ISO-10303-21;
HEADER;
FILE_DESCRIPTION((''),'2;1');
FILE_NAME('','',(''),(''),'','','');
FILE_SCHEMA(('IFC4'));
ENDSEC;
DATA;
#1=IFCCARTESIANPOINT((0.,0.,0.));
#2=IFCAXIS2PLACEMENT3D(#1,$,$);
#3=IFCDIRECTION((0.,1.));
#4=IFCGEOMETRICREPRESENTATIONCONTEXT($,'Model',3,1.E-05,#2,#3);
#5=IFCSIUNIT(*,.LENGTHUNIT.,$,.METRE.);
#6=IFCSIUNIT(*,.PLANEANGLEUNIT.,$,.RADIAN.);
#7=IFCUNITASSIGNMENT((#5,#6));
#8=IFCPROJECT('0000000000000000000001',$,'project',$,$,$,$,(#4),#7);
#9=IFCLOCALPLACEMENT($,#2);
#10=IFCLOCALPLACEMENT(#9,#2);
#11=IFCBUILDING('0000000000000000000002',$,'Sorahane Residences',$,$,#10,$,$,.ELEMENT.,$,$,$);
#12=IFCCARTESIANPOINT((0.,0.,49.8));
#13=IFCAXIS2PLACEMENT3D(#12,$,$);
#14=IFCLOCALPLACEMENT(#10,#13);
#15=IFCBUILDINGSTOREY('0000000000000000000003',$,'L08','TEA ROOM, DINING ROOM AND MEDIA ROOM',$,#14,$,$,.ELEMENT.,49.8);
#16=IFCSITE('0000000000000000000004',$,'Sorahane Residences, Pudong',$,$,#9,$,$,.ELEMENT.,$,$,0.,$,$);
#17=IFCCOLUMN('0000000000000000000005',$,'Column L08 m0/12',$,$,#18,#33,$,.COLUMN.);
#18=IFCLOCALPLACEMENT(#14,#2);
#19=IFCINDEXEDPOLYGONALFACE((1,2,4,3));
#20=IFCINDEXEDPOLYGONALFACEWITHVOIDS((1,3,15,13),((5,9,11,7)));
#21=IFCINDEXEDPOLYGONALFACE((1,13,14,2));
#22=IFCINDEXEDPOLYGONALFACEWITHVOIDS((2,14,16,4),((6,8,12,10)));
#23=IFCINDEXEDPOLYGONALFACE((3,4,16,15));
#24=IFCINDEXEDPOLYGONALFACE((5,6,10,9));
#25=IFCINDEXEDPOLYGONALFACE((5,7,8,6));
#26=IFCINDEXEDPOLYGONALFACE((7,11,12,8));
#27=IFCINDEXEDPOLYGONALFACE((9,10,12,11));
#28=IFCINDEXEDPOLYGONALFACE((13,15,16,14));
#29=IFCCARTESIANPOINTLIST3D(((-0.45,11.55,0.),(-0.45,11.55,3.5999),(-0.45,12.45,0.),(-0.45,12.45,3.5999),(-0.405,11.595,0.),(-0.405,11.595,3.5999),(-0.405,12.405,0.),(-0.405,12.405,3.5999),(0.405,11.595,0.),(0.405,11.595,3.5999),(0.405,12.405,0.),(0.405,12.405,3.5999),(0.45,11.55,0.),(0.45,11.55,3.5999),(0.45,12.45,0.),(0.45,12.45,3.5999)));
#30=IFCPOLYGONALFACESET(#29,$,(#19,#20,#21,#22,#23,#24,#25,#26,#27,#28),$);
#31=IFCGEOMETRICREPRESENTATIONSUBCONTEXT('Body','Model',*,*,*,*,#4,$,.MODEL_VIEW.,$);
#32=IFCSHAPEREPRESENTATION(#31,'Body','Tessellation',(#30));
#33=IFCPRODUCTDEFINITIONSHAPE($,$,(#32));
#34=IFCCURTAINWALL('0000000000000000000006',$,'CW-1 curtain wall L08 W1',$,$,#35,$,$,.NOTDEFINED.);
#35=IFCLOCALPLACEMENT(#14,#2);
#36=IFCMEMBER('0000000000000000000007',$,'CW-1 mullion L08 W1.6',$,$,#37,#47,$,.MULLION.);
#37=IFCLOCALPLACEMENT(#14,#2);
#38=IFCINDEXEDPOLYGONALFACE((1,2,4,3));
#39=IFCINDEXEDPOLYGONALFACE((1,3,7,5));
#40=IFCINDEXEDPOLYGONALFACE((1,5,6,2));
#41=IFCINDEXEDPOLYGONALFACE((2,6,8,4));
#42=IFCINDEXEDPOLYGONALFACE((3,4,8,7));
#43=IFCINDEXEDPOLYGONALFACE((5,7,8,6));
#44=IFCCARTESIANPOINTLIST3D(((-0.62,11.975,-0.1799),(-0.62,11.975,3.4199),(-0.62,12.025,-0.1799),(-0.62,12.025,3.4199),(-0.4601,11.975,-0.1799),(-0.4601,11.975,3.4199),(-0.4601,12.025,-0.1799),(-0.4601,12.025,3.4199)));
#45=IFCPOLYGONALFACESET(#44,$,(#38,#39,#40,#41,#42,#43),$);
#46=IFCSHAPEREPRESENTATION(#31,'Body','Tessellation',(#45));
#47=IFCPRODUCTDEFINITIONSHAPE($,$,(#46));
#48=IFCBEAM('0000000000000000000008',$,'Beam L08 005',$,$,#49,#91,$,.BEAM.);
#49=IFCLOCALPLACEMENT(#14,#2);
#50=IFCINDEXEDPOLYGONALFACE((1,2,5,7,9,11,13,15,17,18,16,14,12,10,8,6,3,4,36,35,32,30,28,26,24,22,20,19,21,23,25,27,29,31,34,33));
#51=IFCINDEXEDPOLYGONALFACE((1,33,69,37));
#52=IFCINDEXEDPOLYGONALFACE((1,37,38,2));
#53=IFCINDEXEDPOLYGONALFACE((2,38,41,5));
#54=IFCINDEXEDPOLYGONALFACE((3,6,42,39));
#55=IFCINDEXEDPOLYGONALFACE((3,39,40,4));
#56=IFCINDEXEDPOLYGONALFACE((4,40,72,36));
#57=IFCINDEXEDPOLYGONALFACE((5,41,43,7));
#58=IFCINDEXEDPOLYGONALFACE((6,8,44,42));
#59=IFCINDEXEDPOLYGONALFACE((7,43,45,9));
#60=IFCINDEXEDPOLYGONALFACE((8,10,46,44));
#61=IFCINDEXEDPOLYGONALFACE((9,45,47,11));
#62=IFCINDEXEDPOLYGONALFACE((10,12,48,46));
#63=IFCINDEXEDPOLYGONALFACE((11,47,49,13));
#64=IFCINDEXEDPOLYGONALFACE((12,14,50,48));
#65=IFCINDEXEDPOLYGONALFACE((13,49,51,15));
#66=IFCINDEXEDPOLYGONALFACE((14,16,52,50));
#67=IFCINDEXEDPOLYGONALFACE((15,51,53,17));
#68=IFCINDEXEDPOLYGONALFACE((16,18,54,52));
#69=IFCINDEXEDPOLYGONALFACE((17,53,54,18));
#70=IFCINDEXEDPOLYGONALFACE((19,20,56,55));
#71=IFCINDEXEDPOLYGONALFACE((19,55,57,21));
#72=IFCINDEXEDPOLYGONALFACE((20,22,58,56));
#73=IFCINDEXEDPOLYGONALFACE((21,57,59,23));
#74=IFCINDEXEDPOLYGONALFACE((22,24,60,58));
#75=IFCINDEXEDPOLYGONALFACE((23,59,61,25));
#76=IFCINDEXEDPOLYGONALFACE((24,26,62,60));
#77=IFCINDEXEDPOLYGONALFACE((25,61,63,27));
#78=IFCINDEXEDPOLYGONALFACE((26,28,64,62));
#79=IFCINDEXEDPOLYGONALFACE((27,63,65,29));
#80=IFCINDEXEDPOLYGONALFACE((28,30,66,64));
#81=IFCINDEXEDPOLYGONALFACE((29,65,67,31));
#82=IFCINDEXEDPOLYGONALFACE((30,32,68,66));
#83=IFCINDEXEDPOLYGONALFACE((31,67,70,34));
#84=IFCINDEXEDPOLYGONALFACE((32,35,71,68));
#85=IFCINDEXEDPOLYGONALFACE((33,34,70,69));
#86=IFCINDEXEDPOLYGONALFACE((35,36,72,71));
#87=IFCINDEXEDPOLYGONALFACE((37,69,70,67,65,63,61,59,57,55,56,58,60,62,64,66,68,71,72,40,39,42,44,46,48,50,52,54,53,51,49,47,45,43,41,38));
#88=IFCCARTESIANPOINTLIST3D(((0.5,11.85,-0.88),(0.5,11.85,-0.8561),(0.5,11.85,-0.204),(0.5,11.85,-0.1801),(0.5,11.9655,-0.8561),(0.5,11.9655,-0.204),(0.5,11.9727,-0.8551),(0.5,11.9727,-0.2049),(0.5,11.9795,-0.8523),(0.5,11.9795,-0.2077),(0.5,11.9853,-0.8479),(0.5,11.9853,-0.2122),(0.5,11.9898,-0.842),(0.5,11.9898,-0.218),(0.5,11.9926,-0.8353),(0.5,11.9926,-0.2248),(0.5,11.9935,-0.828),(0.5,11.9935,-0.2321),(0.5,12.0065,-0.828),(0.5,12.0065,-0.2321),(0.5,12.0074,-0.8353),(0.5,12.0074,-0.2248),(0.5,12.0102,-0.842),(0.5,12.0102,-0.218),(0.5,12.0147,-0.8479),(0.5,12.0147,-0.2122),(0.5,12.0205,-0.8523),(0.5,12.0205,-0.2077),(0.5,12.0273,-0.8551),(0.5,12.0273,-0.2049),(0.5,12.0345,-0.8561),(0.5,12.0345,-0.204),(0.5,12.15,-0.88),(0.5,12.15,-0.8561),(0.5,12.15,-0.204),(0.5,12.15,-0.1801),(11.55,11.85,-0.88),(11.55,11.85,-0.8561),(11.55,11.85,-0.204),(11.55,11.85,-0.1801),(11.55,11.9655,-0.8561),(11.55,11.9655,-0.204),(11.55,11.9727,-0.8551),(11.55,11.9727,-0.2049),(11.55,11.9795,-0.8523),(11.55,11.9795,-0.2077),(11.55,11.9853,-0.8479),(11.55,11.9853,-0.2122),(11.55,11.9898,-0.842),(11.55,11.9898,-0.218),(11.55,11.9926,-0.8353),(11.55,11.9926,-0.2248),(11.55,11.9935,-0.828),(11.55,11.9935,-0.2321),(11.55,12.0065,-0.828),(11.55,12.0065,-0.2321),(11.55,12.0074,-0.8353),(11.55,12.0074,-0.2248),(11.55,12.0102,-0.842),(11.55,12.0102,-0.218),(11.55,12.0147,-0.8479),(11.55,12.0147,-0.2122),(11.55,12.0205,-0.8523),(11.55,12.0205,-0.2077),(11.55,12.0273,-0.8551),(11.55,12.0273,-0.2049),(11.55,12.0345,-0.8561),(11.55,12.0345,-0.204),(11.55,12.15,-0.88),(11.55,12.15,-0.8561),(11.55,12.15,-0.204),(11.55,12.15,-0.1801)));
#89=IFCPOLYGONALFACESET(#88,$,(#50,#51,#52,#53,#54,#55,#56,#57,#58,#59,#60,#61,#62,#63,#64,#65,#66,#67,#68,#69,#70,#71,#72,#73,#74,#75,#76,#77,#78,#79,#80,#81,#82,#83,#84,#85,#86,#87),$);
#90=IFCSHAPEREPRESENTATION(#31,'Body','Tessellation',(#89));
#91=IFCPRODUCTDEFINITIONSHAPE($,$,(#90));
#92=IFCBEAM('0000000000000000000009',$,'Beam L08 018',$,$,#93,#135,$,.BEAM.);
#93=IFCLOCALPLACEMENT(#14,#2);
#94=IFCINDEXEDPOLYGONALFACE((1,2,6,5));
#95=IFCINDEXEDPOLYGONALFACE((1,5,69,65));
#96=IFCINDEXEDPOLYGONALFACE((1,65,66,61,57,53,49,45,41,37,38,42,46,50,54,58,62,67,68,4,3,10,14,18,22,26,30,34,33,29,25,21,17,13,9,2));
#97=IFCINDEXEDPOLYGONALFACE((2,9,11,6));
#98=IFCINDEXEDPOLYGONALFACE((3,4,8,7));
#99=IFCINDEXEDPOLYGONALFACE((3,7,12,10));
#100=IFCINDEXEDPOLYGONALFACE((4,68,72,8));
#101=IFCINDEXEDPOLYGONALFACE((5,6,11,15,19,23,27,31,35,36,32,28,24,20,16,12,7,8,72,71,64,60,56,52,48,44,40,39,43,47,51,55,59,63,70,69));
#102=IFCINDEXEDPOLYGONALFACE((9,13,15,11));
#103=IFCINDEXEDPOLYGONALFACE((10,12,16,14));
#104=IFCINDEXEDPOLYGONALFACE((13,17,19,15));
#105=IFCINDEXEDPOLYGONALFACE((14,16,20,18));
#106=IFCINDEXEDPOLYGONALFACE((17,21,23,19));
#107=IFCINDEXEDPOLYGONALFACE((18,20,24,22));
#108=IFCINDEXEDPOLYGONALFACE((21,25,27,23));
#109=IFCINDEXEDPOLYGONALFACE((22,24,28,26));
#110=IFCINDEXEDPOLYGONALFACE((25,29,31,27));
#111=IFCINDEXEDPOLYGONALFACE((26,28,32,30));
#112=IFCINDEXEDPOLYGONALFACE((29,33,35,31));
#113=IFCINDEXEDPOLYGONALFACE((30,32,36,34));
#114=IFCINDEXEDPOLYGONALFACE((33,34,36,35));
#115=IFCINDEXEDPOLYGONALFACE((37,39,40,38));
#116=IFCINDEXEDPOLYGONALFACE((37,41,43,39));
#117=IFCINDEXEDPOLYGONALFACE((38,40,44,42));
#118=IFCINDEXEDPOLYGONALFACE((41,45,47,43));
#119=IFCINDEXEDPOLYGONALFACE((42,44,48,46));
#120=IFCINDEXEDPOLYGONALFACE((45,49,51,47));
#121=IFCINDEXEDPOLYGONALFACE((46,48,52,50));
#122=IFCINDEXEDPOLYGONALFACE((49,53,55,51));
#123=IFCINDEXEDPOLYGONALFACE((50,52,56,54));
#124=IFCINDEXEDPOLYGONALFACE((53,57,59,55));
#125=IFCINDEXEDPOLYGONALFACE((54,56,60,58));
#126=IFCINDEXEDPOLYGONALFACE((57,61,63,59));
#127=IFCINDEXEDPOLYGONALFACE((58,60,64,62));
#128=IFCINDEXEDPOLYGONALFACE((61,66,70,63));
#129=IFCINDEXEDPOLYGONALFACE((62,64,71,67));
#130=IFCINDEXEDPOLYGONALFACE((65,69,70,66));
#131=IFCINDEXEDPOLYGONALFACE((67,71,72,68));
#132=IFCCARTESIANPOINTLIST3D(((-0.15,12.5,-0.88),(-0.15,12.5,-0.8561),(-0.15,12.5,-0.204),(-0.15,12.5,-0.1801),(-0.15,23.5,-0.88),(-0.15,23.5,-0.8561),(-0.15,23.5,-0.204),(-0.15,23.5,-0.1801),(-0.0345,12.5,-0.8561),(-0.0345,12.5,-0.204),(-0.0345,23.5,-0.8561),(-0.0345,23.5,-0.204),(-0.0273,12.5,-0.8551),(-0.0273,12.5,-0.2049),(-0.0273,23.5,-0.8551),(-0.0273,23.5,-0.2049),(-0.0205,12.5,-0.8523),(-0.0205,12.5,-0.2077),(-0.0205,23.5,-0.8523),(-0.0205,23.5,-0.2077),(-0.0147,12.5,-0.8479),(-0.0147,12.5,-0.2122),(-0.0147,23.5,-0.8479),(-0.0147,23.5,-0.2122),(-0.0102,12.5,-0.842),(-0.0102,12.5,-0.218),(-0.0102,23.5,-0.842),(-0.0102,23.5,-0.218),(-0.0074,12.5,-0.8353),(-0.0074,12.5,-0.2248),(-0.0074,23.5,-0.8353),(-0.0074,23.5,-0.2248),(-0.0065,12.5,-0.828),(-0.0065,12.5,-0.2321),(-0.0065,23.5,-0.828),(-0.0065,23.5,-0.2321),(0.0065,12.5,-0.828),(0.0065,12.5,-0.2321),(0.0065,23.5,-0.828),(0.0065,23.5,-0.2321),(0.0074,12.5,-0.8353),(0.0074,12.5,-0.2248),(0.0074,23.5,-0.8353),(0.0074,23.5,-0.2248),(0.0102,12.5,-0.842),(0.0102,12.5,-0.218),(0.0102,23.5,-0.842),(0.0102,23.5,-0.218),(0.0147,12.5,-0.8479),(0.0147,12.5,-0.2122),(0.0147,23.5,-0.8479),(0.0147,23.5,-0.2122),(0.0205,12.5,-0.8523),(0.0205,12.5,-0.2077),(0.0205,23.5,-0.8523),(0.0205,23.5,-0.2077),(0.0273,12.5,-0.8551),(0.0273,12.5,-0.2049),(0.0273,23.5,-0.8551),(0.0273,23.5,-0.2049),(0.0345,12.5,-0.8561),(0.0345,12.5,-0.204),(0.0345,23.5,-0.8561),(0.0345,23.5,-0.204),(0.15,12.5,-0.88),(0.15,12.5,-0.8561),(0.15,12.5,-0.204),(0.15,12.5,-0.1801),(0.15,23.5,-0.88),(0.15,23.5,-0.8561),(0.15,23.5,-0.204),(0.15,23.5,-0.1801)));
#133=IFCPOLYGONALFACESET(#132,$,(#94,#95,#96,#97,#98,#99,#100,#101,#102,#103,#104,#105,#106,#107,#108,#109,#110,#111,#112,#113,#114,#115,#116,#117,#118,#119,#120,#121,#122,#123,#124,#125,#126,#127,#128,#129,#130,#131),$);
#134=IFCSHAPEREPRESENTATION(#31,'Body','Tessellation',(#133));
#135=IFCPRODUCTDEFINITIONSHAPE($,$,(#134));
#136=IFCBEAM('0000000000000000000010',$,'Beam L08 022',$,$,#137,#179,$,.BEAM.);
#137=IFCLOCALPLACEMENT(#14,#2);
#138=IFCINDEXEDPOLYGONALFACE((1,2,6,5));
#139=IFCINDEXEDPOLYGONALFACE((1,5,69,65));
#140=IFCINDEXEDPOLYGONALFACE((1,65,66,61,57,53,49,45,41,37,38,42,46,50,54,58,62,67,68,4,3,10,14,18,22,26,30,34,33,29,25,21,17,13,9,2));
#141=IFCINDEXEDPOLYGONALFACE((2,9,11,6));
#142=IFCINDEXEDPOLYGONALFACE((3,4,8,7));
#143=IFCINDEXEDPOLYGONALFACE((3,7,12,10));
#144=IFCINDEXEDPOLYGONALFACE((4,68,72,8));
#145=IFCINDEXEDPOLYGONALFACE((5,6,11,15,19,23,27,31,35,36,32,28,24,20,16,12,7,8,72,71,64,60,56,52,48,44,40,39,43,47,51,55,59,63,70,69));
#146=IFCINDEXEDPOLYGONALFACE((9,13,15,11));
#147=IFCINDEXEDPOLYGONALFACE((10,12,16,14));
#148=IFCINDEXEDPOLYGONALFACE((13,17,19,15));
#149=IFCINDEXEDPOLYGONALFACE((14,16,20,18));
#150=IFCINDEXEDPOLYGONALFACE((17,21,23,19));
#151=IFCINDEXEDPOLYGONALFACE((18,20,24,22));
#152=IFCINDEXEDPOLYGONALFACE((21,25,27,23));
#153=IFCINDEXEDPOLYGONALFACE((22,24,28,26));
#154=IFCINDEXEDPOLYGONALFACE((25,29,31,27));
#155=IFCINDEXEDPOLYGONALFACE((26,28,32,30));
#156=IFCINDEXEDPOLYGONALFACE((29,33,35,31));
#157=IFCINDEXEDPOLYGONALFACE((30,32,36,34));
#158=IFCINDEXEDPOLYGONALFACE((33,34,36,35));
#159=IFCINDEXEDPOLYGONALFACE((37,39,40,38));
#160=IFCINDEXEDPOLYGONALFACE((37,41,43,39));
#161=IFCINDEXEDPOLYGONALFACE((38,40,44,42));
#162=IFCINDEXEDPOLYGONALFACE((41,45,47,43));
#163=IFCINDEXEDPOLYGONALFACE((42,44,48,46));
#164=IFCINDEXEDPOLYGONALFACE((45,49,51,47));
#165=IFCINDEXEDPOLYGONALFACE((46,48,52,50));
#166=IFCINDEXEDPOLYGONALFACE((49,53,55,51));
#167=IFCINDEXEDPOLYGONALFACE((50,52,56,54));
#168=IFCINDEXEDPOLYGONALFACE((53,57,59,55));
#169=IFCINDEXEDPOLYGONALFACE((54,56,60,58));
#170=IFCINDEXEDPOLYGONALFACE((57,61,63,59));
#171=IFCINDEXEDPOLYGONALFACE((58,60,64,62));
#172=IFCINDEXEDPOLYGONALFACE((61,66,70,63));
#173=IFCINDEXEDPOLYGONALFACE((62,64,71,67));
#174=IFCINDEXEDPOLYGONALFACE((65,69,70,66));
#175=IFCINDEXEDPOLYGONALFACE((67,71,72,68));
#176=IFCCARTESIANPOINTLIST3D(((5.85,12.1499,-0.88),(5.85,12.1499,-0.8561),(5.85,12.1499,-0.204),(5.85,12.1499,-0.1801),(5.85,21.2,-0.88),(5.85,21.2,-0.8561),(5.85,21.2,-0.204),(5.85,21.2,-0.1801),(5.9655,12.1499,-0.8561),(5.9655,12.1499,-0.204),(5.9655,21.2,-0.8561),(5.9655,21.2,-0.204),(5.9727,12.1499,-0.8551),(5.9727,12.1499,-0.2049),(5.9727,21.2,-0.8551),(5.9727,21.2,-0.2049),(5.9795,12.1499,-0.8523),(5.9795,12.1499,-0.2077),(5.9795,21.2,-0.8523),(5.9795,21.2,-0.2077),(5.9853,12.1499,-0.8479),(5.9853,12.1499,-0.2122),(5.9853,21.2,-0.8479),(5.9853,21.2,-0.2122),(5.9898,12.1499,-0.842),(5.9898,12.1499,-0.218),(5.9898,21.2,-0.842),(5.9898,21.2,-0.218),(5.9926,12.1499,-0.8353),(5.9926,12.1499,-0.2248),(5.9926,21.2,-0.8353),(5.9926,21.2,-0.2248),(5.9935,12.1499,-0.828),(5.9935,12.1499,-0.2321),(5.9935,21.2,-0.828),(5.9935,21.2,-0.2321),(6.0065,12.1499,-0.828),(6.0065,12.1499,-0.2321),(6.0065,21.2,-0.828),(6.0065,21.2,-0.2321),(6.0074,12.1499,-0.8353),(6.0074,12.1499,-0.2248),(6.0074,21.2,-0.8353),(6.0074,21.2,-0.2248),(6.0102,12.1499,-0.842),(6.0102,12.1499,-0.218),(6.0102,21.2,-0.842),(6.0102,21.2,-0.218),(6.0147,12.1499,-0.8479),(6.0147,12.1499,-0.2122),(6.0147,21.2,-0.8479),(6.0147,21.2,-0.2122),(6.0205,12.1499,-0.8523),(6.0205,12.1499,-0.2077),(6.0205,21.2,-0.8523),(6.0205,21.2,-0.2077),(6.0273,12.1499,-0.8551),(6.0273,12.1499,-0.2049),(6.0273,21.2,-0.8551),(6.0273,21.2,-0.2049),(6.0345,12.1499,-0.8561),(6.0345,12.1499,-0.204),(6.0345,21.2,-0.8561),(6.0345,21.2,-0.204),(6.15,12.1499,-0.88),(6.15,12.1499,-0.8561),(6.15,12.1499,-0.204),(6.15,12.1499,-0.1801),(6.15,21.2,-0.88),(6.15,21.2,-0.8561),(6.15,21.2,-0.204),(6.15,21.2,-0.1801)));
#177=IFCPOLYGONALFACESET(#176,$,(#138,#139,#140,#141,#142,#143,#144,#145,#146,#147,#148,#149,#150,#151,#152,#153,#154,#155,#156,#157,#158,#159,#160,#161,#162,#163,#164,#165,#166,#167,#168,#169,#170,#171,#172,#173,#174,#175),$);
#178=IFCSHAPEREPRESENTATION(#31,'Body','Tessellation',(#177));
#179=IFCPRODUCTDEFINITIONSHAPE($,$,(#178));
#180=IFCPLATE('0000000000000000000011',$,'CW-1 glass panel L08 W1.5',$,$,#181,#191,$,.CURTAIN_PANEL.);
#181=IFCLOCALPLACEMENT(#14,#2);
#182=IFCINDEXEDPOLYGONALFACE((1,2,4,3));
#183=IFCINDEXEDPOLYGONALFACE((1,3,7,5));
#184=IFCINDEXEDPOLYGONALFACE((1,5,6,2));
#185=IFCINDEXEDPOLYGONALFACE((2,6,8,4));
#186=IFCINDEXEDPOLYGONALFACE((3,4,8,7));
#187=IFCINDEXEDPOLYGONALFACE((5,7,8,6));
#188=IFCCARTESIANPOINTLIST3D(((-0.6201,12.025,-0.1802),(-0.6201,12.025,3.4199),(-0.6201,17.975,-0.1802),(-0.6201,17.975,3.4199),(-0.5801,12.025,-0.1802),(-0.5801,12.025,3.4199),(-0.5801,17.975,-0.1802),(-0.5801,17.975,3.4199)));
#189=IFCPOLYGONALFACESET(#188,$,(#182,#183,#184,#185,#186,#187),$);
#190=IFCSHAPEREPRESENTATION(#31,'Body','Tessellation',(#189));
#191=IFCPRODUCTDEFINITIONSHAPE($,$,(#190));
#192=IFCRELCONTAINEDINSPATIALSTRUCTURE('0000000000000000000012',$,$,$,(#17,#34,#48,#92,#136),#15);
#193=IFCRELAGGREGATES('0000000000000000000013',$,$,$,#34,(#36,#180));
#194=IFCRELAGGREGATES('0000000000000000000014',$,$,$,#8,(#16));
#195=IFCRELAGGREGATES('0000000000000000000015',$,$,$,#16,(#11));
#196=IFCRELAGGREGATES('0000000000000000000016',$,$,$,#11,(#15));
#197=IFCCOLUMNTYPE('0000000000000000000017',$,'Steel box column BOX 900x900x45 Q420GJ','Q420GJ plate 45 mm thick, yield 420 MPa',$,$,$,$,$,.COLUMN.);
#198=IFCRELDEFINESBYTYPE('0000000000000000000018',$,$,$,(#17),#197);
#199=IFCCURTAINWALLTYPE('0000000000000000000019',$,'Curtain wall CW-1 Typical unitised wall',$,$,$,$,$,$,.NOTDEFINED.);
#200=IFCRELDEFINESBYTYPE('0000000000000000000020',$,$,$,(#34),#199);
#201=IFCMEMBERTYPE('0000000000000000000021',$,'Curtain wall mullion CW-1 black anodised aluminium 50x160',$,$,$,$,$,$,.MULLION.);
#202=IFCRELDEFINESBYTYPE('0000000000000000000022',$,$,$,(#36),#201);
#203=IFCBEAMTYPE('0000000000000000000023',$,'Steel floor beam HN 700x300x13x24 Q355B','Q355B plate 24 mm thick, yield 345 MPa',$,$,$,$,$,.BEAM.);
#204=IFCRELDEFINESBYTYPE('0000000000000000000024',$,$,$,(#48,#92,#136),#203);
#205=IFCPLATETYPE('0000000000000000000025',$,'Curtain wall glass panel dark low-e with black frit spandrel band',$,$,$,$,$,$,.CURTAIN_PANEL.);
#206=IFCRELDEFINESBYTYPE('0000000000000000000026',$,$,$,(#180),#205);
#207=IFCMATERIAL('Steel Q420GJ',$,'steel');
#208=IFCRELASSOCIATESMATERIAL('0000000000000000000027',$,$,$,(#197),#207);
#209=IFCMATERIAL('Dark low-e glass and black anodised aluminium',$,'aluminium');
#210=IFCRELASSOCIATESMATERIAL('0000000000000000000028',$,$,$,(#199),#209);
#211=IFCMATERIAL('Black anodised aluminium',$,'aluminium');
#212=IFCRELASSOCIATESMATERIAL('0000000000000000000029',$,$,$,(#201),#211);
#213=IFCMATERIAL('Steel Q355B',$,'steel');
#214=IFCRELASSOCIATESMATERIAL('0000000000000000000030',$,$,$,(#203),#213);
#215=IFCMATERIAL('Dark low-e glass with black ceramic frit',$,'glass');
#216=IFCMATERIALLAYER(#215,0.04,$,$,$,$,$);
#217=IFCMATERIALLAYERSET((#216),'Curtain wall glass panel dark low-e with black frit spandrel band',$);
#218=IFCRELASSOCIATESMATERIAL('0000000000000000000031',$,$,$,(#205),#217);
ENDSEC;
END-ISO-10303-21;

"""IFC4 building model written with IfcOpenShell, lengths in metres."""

from ifc_helpers import new_model, si_unit, direction, frame, origin, origin_2d, place, context, subcontext, project, spatial, rectangle, hollow_rectangle, i_section, extrude, material, layer, layer_set, material_profile, profile_set, type_object, element, aggregate, save


model = new_model("IFC4")

# Units and contexts
model_context = context("Model", 3, precision=1e-05, world=origin(), true_north=direction((0.0, 1.0)))
body_context = subcontext(model_context, "Body", "Model", "MODEL_VIEW")
ifc_project = project(units=[si_unit("LENGTHUNIT", "METRE"), si_unit("PLANEANGLEUNIT", "RADIAN")], contexts=[model_context])

# Site, building, storey
site_placement = place(None, origin())
site = spatial("IfcSite", under=ifc_project, at=site_placement, Name="Sorahane Residences, Pudong", CompositionType="ELEMENT", RefElevation=0.0)
building_placement = place(site_placement, origin())
building = spatial("IfcBuilding", under=site, at=building_placement, Name="Sorahane Residences", CompositionType="ELEMENT")
storey_placement = place(building_placement, frame((0.0, 0.0, 49.8)))
storey = spatial("IfcBuildingStorey", under=building, at=storey_placement, Name="L08", Description="TEA ROOM, DINING ROOM AND MEDIA ROOM", CompositionType="ELEMENT", Elevation=49.8)

# Column
ifc_material_1 = material(Name="Steel Q420GJ", Category="steel")
ifc_material_profile_1 = material_profile(ifc_material_1, hollow_rectangle(XDim=0.8999, YDim=0.8999, WallThickness=0.0449, at=origin_2d()), Name="BOX 900x900x45")
ifc_profile_set_1 = profile_set([ifc_material_profile_1], Name="Steel Q420GJ")
column_type = type_object("IfcColumnType", Name="Steel box column BOX 900x900x45 Q420GJ", Description="Q420GJ plate 45 mm thick, yield 420 MPa", PredefinedType="COLUMN", material=ifc_profile_set_1)
column_placement = place(storey_placement, frame((0.0, 12.0, 0.0), z_axis=(0.0, 0.0, 1.0), x_axis=(1.0, 0.0, 0.0)))
element("IfcColumn", 1, at=column_placement, inside=storey, type_object=column_type, Name="Column L08 m0/12", PredefinedType="COLUMN", context=body_context, shape_type="SweptSolid", body=[
    extrude(hollow_rectangle(XDim=0.8999, YDim=0.8999, WallThickness=0.0449, at=origin_2d()), origin(), (0.0, 0.0, 1.0), 3.5999),
])

# Curtain wall, member
ifc_material_2 = material(Name="Dark low-e glass and black anodised aluminium", Category="aluminium")
curtain_wall_type = type_object("IfcCurtainWallType", Name="Curtain wall CW-1 Typical unitised wall", PredefinedType="NOTDEFINED", material=ifc_material_2)
curtain_wall_placement = place(storey_placement, origin())
curtain_wall = element("IfcCurtainWall", 2, at=curtain_wall_placement, inside=storey, type_object=curtain_wall_type, Name="CW-1 curtain wall L08 W1", PredefinedType="NOTDEFINED")
ifc_material_3 = material(Name="Black anodised aluminium", Category="aluminium")
ifc_material_profile_2 = material_profile(ifc_material_3, rectangle(XDim=0.1599, YDim=0.05, at=origin_2d()), Name="Curtain wall mullion CW-1 black anodised aluminium 50x160")
ifc_profile_set_2 = profile_set([ifc_material_profile_2], Name="Black anodised aluminium")
member_type = type_object("IfcMemberType", Name="Curtain wall mullion CW-1 black anodised aluminium 50x160", PredefinedType="MULLION", material=ifc_profile_set_2)
member_placement = place(storey_placement, frame((-0.54, 12.0, -0.1799), z_axis=(0.0, 0.0, 1.0), x_axis=(-1.0, 0.0, 0.0)))
member = element("IfcMember", 3, at=member_placement, type_object=member_type, Name="CW-1 mullion L08 W1.6", PredefinedType="MULLION", context=body_context, shape_type="SweptSolid", body=[
    extrude(rectangle(XDim=0.1599, YDim=0.05, at=origin_2d()), origin(), (0.0, 0.0, 1.0), 3.5999),
])

# Beams
ifc_material_4 = material(Name="Steel Q355B", Category="steel")
ifc_material_profile_3 = material_profile(ifc_material_4, i_section(OverallWidth=0.3, OverallDepth=0.7, WebThickness=0.0129, FlangeThickness=0.0239, FilletRadius=0.0281, at=origin_2d()), Name="HN 700x300x13x24")
ifc_profile_set_3 = profile_set([ifc_material_profile_3], Name="Steel Q355B")
beam_type = type_object("IfcBeamType", Name="Steel floor beam HN 700x300x13x24 Q355B", Description="Q355B plate 24 mm thick, yield 345 MPa", PredefinedType="BEAM", material=ifc_profile_set_3)
beam_1_placement = place(storey_placement, frame((0.5, 12.0, -0.53), z_axis=(1.0, 0.0, 0.0), x_axis=(0.0, 1.0, 0.0)))
element("IfcBeam", 4, at=beam_1_placement, inside=storey, type_object=beam_type, Name="Beam L08 005", PredefinedType="BEAM", context=body_context, shape_type="SweptSolid", body=[
    extrude(i_section(OverallWidth=0.3, OverallDepth=0.7, WebThickness=0.0129, FlangeThickness=0.0239, FilletRadius=0.0281, at=origin_2d()), origin(), (0.0, 0.0, 1.0), 11.05),
])
beam_2_placement = place(storey_placement, frame((0.0, 12.5, -0.53), z_axis=(0.0, 1.0, 0.0), x_axis=(-1.0, 0.0, 0.0)))
element("IfcBeam", 5, at=beam_2_placement, inside=storey, type_object=beam_type, Name="Beam L08 018", PredefinedType="BEAM", context=body_context, shape_type="SweptSolid", body=[
    extrude(i_section(OverallWidth=0.3, OverallDepth=0.7, WebThickness=0.0129, FlangeThickness=0.0239, FilletRadius=0.0281, at=origin_2d()), origin(), (0.0, 0.0, 1.0), 11.0),
])
beam_3_placement = place(storey_placement, frame((6.0, 12.1499, -0.53), z_axis=(0.0, 1.0, 0.0), x_axis=(-1.0, 0.0, 0.0)))
element("IfcBeam", 6, at=beam_3_placement, inside=storey, type_object=beam_type, Name="Beam L08 022", PredefinedType="BEAM", context=body_context, shape_type="SweptSolid", body=[
    extrude(i_section(OverallWidth=0.3, OverallDepth=0.7, WebThickness=0.0129, FlangeThickness=0.0239, FilletRadius=0.0281, at=origin_2d()), origin(), (0.0, 0.0, 1.0), 9.05),
])

# Plate
ifc_material_5 = material(Name="Dark low-e glass with black ceramic frit", Category="glass")
ifc_layer_1 = layer(ifc_material_5, 0.04)
ifc_layer_set_1 = layer_set([ifc_layer_1], Name="Curtain wall glass panel dark low-e with black frit spandrel band")
plate_type = type_object("IfcPlateType", Name="Curtain wall glass panel dark low-e with black frit spandrel band", PredefinedType="CURTAIN_PANEL", material=ifc_layer_set_1)
plate_1_placement = place(storey_placement, frame((-0.6001, 15.0, -0.1802), z_axis=(0.0, 0.0, 1.0), x_axis=(0.0, -1.0, 0.0)))
plate_1 = element("IfcPlate", 7, at=plate_1_placement, type_object=plate_type, Name="CW-1 glass panel L08 W1.5", PredefinedType="CURTAIN_PANEL", context=body_context, shape_type="SweptSolid", body=[
    extrude(rectangle(XDim=5.95, YDim=0.04, at=origin_2d()), origin(), (0.0, 0.0, 1.0), 3.6001),
])
aggregate(curtain_wall, [member, plate_1])

save(model, "model.ifc")
